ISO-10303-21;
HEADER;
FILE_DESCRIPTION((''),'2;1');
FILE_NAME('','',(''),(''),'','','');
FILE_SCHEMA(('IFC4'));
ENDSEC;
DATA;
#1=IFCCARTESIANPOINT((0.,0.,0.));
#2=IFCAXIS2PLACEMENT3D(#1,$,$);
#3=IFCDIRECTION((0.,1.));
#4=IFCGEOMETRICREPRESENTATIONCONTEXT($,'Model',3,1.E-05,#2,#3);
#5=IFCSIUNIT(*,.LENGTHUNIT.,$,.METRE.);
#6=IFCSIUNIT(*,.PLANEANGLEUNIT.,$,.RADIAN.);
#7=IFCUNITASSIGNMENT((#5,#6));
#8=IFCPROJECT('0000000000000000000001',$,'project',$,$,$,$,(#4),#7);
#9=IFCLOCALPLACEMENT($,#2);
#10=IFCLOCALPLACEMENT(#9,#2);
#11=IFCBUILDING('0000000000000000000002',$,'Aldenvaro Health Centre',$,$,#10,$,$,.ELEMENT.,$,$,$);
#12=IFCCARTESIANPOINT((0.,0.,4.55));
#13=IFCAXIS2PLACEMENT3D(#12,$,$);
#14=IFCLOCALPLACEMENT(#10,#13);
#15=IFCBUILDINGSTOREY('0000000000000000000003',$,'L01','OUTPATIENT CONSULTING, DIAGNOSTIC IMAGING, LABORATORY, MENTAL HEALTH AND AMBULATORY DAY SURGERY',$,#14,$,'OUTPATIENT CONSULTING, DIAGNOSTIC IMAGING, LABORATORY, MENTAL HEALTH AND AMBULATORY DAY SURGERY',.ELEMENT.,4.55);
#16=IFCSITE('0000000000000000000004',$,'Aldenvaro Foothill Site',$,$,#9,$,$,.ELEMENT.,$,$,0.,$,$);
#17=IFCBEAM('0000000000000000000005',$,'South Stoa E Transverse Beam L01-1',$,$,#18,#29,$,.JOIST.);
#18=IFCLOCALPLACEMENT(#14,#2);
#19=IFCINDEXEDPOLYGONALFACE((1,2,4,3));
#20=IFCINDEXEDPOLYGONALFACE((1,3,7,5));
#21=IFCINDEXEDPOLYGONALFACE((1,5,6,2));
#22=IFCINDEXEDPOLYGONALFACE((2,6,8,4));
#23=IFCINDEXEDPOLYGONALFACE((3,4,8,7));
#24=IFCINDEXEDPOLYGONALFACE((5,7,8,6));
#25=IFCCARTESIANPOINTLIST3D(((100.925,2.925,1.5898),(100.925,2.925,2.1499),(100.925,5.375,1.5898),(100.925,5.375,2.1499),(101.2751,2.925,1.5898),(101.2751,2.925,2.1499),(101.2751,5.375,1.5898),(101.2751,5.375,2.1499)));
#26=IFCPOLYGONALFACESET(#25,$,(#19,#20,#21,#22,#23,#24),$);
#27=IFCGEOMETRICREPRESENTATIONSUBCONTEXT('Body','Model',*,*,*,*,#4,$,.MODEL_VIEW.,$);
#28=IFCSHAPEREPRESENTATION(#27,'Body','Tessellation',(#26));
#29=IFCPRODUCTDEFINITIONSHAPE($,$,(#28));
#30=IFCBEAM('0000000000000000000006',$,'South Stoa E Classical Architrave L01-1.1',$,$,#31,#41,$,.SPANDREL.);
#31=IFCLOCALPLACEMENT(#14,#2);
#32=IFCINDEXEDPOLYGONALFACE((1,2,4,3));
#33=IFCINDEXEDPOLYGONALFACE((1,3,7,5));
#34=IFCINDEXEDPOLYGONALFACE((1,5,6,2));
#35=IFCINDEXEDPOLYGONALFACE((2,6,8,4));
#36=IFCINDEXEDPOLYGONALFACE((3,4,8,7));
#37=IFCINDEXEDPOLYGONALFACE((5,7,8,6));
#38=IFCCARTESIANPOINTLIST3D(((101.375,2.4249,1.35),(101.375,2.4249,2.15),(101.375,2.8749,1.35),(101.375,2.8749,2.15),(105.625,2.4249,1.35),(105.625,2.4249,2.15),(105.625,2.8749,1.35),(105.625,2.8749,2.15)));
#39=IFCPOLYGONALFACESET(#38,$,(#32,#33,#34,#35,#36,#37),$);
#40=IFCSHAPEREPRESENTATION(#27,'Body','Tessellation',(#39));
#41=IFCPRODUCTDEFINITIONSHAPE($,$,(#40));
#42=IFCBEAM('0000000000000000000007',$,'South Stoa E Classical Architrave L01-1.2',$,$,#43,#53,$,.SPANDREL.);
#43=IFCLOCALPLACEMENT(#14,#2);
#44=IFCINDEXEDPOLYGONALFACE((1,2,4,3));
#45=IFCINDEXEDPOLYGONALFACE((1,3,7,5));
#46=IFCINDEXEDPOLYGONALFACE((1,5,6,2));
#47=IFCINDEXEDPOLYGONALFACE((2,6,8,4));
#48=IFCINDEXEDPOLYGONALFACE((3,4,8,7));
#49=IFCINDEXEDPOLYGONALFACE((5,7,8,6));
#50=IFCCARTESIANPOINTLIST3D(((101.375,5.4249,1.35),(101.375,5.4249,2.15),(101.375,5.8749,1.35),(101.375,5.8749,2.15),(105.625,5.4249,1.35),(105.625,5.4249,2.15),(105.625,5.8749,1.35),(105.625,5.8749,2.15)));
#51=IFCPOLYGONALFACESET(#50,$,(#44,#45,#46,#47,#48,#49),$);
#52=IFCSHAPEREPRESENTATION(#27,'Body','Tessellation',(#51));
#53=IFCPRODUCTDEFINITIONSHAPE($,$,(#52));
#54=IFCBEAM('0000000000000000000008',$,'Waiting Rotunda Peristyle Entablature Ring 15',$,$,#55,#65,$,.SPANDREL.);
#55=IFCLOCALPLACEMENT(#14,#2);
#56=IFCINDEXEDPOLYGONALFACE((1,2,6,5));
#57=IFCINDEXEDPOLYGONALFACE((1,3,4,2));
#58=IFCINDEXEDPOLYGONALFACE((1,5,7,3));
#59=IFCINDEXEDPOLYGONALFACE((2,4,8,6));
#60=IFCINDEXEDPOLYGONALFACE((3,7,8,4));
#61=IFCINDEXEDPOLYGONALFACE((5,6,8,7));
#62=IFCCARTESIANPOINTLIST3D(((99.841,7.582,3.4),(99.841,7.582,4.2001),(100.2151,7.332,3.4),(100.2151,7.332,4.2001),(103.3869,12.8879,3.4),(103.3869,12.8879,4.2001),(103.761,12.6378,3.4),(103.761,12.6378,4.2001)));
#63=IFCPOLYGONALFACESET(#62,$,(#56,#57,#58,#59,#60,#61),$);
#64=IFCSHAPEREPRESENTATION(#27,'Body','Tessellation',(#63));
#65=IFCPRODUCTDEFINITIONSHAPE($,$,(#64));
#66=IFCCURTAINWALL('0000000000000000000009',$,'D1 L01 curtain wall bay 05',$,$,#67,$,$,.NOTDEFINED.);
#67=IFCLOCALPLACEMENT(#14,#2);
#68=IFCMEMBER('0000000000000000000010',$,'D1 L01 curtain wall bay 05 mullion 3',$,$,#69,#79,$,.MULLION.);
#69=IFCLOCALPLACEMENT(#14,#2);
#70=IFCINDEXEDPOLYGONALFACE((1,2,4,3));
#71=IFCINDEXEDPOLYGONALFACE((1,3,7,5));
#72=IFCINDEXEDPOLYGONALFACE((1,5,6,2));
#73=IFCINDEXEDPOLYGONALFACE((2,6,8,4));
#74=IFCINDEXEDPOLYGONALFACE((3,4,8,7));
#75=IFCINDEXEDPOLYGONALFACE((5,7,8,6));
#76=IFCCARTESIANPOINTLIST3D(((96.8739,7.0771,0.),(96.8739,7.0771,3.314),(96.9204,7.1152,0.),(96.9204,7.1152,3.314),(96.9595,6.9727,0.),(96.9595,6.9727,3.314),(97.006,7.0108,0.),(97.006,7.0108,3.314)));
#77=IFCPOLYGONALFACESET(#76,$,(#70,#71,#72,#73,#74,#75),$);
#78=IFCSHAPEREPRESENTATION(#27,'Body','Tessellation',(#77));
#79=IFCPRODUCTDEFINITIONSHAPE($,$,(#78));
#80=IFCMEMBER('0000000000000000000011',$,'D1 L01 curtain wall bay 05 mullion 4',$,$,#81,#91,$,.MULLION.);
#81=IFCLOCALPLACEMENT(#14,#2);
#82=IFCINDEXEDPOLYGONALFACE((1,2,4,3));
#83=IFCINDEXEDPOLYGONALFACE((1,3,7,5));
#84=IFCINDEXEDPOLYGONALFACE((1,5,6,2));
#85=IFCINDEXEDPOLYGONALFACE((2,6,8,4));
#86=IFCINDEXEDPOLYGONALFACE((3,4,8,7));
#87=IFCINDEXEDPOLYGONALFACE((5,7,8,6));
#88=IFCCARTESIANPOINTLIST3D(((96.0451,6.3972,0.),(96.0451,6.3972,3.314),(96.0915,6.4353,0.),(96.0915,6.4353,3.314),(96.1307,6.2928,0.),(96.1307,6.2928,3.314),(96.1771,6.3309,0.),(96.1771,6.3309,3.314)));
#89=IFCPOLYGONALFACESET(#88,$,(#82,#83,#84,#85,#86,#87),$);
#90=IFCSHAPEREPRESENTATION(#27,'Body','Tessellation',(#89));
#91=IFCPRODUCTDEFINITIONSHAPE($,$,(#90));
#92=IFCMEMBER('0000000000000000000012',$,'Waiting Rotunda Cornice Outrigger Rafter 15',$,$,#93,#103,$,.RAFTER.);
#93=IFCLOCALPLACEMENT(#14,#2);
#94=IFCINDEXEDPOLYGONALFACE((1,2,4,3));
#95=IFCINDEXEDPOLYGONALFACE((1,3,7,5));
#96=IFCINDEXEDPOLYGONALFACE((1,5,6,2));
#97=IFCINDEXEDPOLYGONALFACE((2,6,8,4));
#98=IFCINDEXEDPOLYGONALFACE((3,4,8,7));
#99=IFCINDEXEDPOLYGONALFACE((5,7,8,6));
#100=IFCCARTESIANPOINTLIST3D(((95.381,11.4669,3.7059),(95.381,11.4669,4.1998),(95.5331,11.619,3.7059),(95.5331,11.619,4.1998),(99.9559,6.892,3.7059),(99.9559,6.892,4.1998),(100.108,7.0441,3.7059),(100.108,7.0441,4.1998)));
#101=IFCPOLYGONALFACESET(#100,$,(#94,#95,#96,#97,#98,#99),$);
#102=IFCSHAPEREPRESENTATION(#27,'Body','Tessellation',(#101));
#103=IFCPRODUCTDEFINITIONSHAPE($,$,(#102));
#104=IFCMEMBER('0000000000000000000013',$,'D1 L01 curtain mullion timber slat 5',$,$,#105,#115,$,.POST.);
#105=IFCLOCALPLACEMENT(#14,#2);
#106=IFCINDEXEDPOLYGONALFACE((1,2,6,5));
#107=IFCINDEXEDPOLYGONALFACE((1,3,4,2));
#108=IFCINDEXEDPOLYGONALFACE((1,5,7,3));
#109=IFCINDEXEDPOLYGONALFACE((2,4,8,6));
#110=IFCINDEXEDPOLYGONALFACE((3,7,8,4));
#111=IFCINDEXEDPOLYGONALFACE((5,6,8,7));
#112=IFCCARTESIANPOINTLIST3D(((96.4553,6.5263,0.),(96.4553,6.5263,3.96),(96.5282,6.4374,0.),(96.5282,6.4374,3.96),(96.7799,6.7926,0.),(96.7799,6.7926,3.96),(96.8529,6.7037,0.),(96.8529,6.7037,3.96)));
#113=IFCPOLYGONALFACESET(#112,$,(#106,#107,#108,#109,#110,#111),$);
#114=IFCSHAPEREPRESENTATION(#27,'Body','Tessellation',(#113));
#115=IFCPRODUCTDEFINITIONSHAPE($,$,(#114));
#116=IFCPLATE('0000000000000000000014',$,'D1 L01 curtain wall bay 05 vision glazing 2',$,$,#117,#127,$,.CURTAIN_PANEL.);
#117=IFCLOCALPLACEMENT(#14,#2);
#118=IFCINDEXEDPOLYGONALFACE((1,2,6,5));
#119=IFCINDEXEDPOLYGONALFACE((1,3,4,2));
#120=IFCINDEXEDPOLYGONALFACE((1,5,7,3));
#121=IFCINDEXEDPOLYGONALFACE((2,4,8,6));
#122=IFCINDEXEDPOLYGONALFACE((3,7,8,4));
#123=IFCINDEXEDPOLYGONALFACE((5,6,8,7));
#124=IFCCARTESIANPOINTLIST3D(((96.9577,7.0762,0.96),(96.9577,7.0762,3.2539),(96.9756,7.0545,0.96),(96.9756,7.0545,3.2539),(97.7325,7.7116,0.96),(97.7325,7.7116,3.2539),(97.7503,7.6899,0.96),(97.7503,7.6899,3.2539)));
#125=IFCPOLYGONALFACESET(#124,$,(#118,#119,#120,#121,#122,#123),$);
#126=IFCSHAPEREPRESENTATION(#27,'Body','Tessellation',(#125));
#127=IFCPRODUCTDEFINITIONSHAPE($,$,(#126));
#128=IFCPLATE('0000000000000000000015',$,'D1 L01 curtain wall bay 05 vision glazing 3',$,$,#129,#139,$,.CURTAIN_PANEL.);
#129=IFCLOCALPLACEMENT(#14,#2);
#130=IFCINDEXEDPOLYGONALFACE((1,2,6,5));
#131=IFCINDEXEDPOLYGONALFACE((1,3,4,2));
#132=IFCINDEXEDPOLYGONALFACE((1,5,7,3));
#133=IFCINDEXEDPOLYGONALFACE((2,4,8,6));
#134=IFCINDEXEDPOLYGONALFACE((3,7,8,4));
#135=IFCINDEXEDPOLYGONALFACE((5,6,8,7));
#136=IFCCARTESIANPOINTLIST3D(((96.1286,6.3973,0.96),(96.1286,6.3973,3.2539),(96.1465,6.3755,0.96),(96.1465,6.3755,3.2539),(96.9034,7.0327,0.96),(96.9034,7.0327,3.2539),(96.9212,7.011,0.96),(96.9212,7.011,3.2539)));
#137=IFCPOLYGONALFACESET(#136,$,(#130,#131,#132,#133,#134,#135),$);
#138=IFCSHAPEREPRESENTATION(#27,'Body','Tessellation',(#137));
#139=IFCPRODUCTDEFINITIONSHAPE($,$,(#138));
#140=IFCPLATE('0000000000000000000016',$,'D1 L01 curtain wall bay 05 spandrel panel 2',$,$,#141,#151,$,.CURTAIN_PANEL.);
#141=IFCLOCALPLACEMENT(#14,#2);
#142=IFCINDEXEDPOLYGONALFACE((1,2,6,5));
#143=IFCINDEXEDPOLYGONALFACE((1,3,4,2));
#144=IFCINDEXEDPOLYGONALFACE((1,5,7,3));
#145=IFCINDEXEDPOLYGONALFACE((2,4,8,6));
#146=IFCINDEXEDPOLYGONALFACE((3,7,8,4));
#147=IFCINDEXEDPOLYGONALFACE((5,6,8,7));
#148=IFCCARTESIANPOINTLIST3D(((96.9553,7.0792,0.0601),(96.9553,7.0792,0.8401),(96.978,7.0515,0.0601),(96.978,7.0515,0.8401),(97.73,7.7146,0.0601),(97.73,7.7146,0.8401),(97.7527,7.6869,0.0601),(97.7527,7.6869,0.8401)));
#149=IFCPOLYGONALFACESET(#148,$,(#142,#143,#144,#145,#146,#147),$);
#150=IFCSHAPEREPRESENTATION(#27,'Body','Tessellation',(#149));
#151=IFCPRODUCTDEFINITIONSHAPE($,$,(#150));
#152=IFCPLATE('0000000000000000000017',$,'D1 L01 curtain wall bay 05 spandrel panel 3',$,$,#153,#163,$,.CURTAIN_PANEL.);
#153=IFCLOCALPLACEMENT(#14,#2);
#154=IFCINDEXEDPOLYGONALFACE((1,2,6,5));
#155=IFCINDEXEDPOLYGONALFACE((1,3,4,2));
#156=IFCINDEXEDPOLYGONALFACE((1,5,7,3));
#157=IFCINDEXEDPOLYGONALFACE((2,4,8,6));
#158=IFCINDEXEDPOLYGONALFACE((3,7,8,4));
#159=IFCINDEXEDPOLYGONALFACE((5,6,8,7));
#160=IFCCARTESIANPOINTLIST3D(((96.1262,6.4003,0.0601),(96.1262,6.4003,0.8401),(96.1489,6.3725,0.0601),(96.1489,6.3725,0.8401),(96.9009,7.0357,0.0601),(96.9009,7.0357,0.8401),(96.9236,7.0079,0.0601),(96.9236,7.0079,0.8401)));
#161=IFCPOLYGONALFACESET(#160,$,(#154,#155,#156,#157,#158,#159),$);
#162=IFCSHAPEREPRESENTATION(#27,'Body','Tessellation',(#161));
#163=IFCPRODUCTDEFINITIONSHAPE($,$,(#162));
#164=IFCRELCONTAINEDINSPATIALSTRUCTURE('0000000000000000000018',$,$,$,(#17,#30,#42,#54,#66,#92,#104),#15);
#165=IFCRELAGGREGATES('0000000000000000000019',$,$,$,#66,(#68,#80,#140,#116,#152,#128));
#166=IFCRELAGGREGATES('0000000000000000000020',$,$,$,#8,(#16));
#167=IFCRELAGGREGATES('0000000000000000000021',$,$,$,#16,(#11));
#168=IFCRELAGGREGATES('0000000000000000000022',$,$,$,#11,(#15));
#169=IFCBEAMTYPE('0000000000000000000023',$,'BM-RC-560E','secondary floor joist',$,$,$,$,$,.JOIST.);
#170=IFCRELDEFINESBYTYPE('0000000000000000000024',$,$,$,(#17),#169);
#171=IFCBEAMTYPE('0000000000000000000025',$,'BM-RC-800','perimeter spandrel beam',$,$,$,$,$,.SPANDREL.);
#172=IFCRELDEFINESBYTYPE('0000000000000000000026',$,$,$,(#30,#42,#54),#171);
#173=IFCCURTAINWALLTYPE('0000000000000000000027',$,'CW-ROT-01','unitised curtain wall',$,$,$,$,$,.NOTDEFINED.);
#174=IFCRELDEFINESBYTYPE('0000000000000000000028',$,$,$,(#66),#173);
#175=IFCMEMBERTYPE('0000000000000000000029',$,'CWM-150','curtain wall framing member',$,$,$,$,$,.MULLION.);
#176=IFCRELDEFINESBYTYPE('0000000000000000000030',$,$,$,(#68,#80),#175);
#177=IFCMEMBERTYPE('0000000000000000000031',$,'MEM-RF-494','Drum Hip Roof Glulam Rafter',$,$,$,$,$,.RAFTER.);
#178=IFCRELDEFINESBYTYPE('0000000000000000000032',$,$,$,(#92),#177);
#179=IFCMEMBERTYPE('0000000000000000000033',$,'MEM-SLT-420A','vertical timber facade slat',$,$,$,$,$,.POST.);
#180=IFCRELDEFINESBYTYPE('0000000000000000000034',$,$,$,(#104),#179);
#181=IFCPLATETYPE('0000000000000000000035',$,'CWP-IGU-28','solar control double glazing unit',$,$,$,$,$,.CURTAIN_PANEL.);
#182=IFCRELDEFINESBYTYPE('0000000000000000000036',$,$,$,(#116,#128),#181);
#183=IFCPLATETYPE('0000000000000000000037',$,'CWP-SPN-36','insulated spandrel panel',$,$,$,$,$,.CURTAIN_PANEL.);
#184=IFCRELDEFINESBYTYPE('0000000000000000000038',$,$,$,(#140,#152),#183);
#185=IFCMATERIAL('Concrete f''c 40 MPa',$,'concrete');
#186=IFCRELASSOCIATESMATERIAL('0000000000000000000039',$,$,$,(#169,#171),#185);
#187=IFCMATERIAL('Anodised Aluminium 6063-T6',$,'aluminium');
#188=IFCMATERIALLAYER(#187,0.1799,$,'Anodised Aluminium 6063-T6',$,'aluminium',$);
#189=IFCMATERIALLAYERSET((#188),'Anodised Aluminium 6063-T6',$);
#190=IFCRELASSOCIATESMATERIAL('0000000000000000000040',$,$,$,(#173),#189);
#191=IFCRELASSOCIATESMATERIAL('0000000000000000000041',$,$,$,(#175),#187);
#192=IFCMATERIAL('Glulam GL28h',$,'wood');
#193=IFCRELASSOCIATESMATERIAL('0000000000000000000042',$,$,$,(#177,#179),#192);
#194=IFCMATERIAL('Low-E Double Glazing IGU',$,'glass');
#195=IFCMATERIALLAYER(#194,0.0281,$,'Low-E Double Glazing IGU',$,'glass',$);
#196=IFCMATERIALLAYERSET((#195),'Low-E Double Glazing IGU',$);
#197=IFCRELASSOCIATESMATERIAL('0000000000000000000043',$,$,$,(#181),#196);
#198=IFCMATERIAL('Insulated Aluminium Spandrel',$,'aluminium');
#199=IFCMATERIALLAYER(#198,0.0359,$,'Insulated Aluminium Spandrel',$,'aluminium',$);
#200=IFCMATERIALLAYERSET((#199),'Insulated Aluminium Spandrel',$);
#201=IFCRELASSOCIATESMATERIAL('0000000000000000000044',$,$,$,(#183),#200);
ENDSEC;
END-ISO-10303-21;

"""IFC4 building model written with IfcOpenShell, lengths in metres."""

from ifc_helpers import new_model, si_unit, direction, frame, origin, origin_2d, place, context, subcontext, project, spatial, rectangle, extrude, material, layer, layer_set, material_profile, profile_set, type_object, element, aggregate, save


model = new_model("IFC4")

# Units and contexts
model_context = context("Model", 3, precision=1e-05, world=origin(), true_north=direction((0.0, 1.0)))
body_context = subcontext(model_context, "Body", "Model", "MODEL_VIEW")
ifc_project = project(units=[si_unit("LENGTHUNIT", "METRE"), si_unit("PLANEANGLEUNIT", "RADIAN")], contexts=[model_context])

# Site, building, storey
site_placement = place(None, origin())
site = spatial("IfcSite", under=ifc_project, at=site_placement, Name="Aldenvaro Foothill Site", CompositionType="ELEMENT", RefElevation=0.0)
building_placement = place(site_placement, origin())
building = spatial("IfcBuilding", under=site, at=building_placement, Name="Aldenvaro Health Centre", CompositionType="ELEMENT")
storey_placement = place(building_placement, frame((0.0, 0.0, 4.55)))
storey = spatial("IfcBuildingStorey", under=building, at=storey_placement, Name="L01", Description="OUTPATIENT CONSULTING, DIAGNOSTIC IMAGING, LABORATORY, MENTAL HEALTH AND AMBULATORY DAY SURGERY", LongName="OUTPATIENT CONSULTING, DIAGNOSTIC IMAGING, LABORATORY, MENTAL HEALTH AND AMBULATORY DAY SURGERY", CompositionType="ELEMENT", Elevation=4.55)

# Shared definitions
ifc_material_1 = material(Name="Concrete f'c 40 MPa", Category="concrete")

# Beams
ifc_material_profile_1 = material_profile(ifc_material_1, rectangle(XDim=0.3501, YDim=0.5601, at=origin_2d()), Name="RC 350x560", Category="concrete")
ifc_profile_set_1 = profile_set([ifc_material_profile_1], Name="Concrete f'c 40 MPa")
beam_type_1 = type_object("IfcBeamType", Name="BM-RC-560E", Description="secondary floor joist", PredefinedType="JOIST", material=ifc_profile_set_1)
beam_1_placement = place(storey_placement, frame((101.1001, 2.925, 1.8699), z_axis=(0.0, 1.0, 0.0), x_axis=(-1.0, 0.0, 0.0)))
element("IfcBeam", 1, at=beam_1_placement, inside=storey, type_object=beam_type_1, Name="South Stoa E Transverse Beam L01-1", PredefinedType="JOIST", context=body_context, shape_type="SweptSolid", body=[
    extrude(rectangle(XDim=0.3501, YDim=0.5601, at=origin_2d()), origin(), (0.0, 0.0, 1.0), 2.45),
])
ifc_material_profile_2 = material_profile(ifc_material_1, rectangle(XDim=0.45, YDim=0.8, at=origin_2d()), Name="RC 450x800", Category="concrete")
ifc_profile_set_2 = profile_set([ifc_material_profile_2], Name="Concrete f'c 40 MPa")
beam_type_2 = type_object("IfcBeamType", Name="BM-RC-800", Description="perimeter spandrel beam", PredefinedType="SPANDREL", material=ifc_profile_set_2)
for number, where, z_axis, x_axis, name in (
    (2, (101.375, 2.6499, 1.75), (1.0, 0.0, 0.0), (0.0, 1.0, 0.0), "South Stoa E Classical Architrave L01-1.1"),
    (3, (101.375, 5.6499, 1.75), (1.0, 0.0, 0.0), (0.0, 1.0, 0.0), "South Stoa E Classical Architrave L01-1.2"),
):
    element("IfcBeam", number, at=place(storey_placement, frame(where, z_axis=z_axis, x_axis=x_axis)), inside=storey, type_object=beam_type_2, Name=name, PredefinedType="SPANDREL", context=body_context, shape_type="SweptSolid", body=[
        extrude(rectangle(XDim=0.45, YDim=0.8, at=origin_2d()), origin(), (0.0, 0.0, 1.0), 4.25),
    ])
beam_2_placement = place(storey_placement, frame((100.0281, 7.457, 3.8), z_axis=(0.555636, 0.831426, 0.0), x_axis=(-0.831426, 0.555636, 0.0)))
element("IfcBeam", 4, at=beam_2_placement, inside=storey, type_object=beam_type_2, Name="Waiting Rotunda Peristyle Entablature Ring 15", PredefinedType="SPANDREL", context=body_context, shape_type="SweptSolid", body=[
    extrude(rectangle(XDim=0.45, YDim=0.8, at=origin_2d()), origin(), (0.0, 0.0, 1.0), 6.3816),
])

# Curtain wall, members
ifc_material_2 = material(Name="Anodised Aluminium 6063-T6", Category="aluminium")
ifc_layer_1 = layer(ifc_material_2, 0.1799, Name="Anodised Aluminium 6063-T6", Category="aluminium")
ifc_layer_set_1 = layer_set([ifc_layer_1], Name="Anodised Aluminium 6063-T6")
curtain_wall_type = type_object("IfcCurtainWallType", Name="CW-ROT-01", Description="unitised curtain wall", PredefinedType="NOTDEFINED", material=ifc_layer_set_1)
curtain_wall_placement = place(storey_placement, origin())
curtain_wall = element("IfcCurtainWall", 5, at=curtain_wall_placement, inside=storey, type_object=curtain_wall_type, Name="D1 L01 curtain wall bay 05", PredefinedType="NOTDEFINED")
ifc_material_profile_3 = material_profile(ifc_material_2, rectangle(XDim=0.0601, YDim=0.135, at=origin_2d()), Name="ALU 60x135", Category="aluminium")
ifc_profile_set_3 = profile_set([ifc_material_profile_3], Name="Anodised Aluminium 6063-T6")
member_type_1 = type_object("IfcMemberType", Name="CWM-150", Description="curtain wall framing member", PredefinedType="MULLION", material=ifc_profile_set_3)
member_1_placement = place(storey_placement, frame((96.9399, 7.0439, 0.0), z_axis=(0.0, 0.0, 1.0), x_axis=(-0.773195, -0.634169, 0.0)))
member_1 = element("IfcMember", 6, at=member_1_placement, type_object=member_type_1, Name="D1 L01 curtain wall bay 05 mullion 3", PredefinedType="MULLION", context=body_context, shape_type="SweptSolid", body=[
    extrude(rectangle(XDim=0.0601, YDim=0.135, at=origin_2d()), origin(), (0.0, 0.0, 1.0), 3.314),
])
member_2_placement = place(storey_placement, frame((96.1111, 6.364, 0.0), z_axis=(0.0, 0.0, 1.0), x_axis=(-0.773195, -0.634169, 0.0)))
member_2 = element("IfcMember", 7, at=member_2_placement, type_object=member_type_1, Name="D1 L01 curtain wall bay 05 mullion 4", PredefinedType="MULLION", context=body_context, shape_type="SweptSolid", body=[
    extrude(rectangle(XDim=0.0601, YDim=0.135, at=origin_2d()), origin(), (0.0, 0.0, 1.0), 3.314),
])

# Members
ifc_material_3 = material(Name="Glulam GL28h", Category="wood")
ifc_material_profile_4 = material_profile(ifc_material_3, rectangle(XDim=0.2151, YDim=0.4939, at=origin_2d()), Name="GL 215x494", Category="wood")
ifc_profile_set_4 = profile_set([ifc_material_profile_4], Name="Glulam GL28h")
member_type_2 = type_object("IfcMemberType", Name="MEM-RF-494", Description="Drum Hip Roof Glulam Rafter", PredefinedType="RAFTER", material=ifc_profile_set_4)
member_3_placement = place(storey_placement, frame((100.032, 6.968, 3.9529), z_axis=(-0.707107, 0.707107, 0.0), x_axis=(-0.707107, -0.707107, 0.0)))
element("IfcMember", 8, at=member_3_placement, inside=storey, type_object=member_type_2, Name="Waiting Rotunda Cornice Outrigger Rafter 15", PredefinedType="RAFTER", context=body_context, shape_type="SweptSolid", body=[
    extrude(rectangle(XDim=0.2151, YDim=0.4939, at=origin_2d()), origin(), (0.0, 0.0, 1.0), 6.47),
])
ifc_material_profile_5 = material_profile(ifc_material_3, rectangle(XDim=0.115, YDim=0.4199, at=origin_2d()), Name="GL 115x420", Category="wood")
ifc_profile_set_5 = profile_set([ifc_material_profile_5], Name="Glulam GL28h")
member_type_3 = type_object("IfcMemberType", Name="MEM-SLT-420A", Description="vertical timber facade slat", PredefinedType="POST", material=ifc_profile_set_5)
member_4_placement = place(storey_placement, frame((96.6541, 6.615, 0.0), z_axis=(0.0, 0.0, 1.0), x_axis=(0.634169, -0.773195, 0.0)))
element("IfcMember", 9, at=member_4_placement, inside=storey, type_object=member_type_3, Name="D1 L01 curtain mullion timber slat 5", PredefinedType="POST", context=body_context, shape_type="SweptSolid", body=[
    extrude(rectangle(XDim=0.115, YDim=0.4199, at=origin_2d()), origin(), (0.0, 0.0, 1.0), 3.96),
])

# Plates
ifc_material_4 = material(Name="Low-E Double Glazing IGU", Category="glass")
ifc_layer_2 = layer(ifc_material_4, 0.0281, Name="Low-E Double Glazing IGU", Category="glass")
ifc_layer_set_2 = layer_set([ifc_layer_2], Name="Low-E Double Glazing IGU")
plate_type_1 = type_object("IfcPlateType", Name="CWP-IGU-28", Description="solar control double glazing unit", PredefinedType="CURTAIN_PANEL", material=ifc_layer_set_2)
plate_1_placement = place(storey_placement, frame((97.354, 7.3831, 0.96), z_axis=(0.0, 0.0, 1.0), x_axis=(-0.773195, -0.634169, 0.0)))
plate_1 = element("IfcPlate", 10, at=plate_1_placement, type_object=plate_type_1, Name="D1 L01 curtain wall bay 05 vision glazing 2", PredefinedType="CURTAIN_PANEL", context=body_context, shape_type="SweptSolid", body=[
    extrude(rectangle(XDim=1.002, YDim=0.0281, at=origin_2d()), origin(), (0.0, 0.0, 1.0), 2.2939),
])
plate_2_placement = place(storey_placement, frame((96.5249, 6.7041, 0.96), z_axis=(0.0, 0.0, 1.0), x_axis=(-0.773195, -0.634169, 0.0)))
plate_2 = element("IfcPlate", 11, at=plate_2_placement, type_object=plate_type_1, Name="D1 L01 curtain wall bay 05 vision glazing 3", PredefinedType="CURTAIN_PANEL", context=body_context, shape_type="SweptSolid", body=[
    extrude(rectangle(XDim=1.002, YDim=0.0281, at=origin_2d()), origin(), (0.0, 0.0, 1.0), 2.2939),
])
ifc_material_5 = material(Name="Insulated Aluminium Spandrel", Category="aluminium")
ifc_layer_3 = layer(ifc_material_5, 0.0359, Name="Insulated Aluminium Spandrel", Category="aluminium")
ifc_layer_set_3 = layer_set([ifc_layer_3], Name="Insulated Aluminium Spandrel")
plate_type_2 = type_object("IfcPlateType", Name="CWP-SPN-36", Description="insulated spandrel panel", PredefinedType="CURTAIN_PANEL", material=ifc_layer_set_3)
plate_3_placement = place(storey_placement, frame((97.354, 7.3831, 0.0601), z_axis=(0.0, 0.0, 1.0), x_axis=(-0.773195, -0.634169, 0.0)))
plate_3 = element("IfcPlate", 12, at=plate_3_placement, type_object=plate_type_2, Name="D1 L01 curtain wall bay 05 spandrel panel 2", PredefinedType="CURTAIN_PANEL", context=body_context, shape_type="SweptSolid", body=[
    extrude(rectangle(XDim=1.002, YDim=0.0359, at=origin_2d()), origin(), (0.0, 0.0, 1.0), 0.78),
])
plate_4_placement = place(storey_placement, frame((96.5249, 6.7041, 0.0601), z_axis=(0.0, 0.0, 1.0), x_axis=(-0.773195, -0.634169, 0.0)))
plate_4 = element("IfcPlate", 13, at=plate_4_placement, type_object=plate_type_2, Name="D1 L01 curtain wall bay 05 spandrel panel 3", PredefinedType="CURTAIN_PANEL", context=body_context, shape_type="SweptSolid", body=[
    extrude(rectangle(XDim=1.002, YDim=0.0359, at=origin_2d()), origin(), (0.0, 0.0, 1.0), 0.78),
])
aggregate(curtain_wall, [member_1, member_2, plate_3, plate_1, plate_4, plate_2])

save(model, "model.ifc")
